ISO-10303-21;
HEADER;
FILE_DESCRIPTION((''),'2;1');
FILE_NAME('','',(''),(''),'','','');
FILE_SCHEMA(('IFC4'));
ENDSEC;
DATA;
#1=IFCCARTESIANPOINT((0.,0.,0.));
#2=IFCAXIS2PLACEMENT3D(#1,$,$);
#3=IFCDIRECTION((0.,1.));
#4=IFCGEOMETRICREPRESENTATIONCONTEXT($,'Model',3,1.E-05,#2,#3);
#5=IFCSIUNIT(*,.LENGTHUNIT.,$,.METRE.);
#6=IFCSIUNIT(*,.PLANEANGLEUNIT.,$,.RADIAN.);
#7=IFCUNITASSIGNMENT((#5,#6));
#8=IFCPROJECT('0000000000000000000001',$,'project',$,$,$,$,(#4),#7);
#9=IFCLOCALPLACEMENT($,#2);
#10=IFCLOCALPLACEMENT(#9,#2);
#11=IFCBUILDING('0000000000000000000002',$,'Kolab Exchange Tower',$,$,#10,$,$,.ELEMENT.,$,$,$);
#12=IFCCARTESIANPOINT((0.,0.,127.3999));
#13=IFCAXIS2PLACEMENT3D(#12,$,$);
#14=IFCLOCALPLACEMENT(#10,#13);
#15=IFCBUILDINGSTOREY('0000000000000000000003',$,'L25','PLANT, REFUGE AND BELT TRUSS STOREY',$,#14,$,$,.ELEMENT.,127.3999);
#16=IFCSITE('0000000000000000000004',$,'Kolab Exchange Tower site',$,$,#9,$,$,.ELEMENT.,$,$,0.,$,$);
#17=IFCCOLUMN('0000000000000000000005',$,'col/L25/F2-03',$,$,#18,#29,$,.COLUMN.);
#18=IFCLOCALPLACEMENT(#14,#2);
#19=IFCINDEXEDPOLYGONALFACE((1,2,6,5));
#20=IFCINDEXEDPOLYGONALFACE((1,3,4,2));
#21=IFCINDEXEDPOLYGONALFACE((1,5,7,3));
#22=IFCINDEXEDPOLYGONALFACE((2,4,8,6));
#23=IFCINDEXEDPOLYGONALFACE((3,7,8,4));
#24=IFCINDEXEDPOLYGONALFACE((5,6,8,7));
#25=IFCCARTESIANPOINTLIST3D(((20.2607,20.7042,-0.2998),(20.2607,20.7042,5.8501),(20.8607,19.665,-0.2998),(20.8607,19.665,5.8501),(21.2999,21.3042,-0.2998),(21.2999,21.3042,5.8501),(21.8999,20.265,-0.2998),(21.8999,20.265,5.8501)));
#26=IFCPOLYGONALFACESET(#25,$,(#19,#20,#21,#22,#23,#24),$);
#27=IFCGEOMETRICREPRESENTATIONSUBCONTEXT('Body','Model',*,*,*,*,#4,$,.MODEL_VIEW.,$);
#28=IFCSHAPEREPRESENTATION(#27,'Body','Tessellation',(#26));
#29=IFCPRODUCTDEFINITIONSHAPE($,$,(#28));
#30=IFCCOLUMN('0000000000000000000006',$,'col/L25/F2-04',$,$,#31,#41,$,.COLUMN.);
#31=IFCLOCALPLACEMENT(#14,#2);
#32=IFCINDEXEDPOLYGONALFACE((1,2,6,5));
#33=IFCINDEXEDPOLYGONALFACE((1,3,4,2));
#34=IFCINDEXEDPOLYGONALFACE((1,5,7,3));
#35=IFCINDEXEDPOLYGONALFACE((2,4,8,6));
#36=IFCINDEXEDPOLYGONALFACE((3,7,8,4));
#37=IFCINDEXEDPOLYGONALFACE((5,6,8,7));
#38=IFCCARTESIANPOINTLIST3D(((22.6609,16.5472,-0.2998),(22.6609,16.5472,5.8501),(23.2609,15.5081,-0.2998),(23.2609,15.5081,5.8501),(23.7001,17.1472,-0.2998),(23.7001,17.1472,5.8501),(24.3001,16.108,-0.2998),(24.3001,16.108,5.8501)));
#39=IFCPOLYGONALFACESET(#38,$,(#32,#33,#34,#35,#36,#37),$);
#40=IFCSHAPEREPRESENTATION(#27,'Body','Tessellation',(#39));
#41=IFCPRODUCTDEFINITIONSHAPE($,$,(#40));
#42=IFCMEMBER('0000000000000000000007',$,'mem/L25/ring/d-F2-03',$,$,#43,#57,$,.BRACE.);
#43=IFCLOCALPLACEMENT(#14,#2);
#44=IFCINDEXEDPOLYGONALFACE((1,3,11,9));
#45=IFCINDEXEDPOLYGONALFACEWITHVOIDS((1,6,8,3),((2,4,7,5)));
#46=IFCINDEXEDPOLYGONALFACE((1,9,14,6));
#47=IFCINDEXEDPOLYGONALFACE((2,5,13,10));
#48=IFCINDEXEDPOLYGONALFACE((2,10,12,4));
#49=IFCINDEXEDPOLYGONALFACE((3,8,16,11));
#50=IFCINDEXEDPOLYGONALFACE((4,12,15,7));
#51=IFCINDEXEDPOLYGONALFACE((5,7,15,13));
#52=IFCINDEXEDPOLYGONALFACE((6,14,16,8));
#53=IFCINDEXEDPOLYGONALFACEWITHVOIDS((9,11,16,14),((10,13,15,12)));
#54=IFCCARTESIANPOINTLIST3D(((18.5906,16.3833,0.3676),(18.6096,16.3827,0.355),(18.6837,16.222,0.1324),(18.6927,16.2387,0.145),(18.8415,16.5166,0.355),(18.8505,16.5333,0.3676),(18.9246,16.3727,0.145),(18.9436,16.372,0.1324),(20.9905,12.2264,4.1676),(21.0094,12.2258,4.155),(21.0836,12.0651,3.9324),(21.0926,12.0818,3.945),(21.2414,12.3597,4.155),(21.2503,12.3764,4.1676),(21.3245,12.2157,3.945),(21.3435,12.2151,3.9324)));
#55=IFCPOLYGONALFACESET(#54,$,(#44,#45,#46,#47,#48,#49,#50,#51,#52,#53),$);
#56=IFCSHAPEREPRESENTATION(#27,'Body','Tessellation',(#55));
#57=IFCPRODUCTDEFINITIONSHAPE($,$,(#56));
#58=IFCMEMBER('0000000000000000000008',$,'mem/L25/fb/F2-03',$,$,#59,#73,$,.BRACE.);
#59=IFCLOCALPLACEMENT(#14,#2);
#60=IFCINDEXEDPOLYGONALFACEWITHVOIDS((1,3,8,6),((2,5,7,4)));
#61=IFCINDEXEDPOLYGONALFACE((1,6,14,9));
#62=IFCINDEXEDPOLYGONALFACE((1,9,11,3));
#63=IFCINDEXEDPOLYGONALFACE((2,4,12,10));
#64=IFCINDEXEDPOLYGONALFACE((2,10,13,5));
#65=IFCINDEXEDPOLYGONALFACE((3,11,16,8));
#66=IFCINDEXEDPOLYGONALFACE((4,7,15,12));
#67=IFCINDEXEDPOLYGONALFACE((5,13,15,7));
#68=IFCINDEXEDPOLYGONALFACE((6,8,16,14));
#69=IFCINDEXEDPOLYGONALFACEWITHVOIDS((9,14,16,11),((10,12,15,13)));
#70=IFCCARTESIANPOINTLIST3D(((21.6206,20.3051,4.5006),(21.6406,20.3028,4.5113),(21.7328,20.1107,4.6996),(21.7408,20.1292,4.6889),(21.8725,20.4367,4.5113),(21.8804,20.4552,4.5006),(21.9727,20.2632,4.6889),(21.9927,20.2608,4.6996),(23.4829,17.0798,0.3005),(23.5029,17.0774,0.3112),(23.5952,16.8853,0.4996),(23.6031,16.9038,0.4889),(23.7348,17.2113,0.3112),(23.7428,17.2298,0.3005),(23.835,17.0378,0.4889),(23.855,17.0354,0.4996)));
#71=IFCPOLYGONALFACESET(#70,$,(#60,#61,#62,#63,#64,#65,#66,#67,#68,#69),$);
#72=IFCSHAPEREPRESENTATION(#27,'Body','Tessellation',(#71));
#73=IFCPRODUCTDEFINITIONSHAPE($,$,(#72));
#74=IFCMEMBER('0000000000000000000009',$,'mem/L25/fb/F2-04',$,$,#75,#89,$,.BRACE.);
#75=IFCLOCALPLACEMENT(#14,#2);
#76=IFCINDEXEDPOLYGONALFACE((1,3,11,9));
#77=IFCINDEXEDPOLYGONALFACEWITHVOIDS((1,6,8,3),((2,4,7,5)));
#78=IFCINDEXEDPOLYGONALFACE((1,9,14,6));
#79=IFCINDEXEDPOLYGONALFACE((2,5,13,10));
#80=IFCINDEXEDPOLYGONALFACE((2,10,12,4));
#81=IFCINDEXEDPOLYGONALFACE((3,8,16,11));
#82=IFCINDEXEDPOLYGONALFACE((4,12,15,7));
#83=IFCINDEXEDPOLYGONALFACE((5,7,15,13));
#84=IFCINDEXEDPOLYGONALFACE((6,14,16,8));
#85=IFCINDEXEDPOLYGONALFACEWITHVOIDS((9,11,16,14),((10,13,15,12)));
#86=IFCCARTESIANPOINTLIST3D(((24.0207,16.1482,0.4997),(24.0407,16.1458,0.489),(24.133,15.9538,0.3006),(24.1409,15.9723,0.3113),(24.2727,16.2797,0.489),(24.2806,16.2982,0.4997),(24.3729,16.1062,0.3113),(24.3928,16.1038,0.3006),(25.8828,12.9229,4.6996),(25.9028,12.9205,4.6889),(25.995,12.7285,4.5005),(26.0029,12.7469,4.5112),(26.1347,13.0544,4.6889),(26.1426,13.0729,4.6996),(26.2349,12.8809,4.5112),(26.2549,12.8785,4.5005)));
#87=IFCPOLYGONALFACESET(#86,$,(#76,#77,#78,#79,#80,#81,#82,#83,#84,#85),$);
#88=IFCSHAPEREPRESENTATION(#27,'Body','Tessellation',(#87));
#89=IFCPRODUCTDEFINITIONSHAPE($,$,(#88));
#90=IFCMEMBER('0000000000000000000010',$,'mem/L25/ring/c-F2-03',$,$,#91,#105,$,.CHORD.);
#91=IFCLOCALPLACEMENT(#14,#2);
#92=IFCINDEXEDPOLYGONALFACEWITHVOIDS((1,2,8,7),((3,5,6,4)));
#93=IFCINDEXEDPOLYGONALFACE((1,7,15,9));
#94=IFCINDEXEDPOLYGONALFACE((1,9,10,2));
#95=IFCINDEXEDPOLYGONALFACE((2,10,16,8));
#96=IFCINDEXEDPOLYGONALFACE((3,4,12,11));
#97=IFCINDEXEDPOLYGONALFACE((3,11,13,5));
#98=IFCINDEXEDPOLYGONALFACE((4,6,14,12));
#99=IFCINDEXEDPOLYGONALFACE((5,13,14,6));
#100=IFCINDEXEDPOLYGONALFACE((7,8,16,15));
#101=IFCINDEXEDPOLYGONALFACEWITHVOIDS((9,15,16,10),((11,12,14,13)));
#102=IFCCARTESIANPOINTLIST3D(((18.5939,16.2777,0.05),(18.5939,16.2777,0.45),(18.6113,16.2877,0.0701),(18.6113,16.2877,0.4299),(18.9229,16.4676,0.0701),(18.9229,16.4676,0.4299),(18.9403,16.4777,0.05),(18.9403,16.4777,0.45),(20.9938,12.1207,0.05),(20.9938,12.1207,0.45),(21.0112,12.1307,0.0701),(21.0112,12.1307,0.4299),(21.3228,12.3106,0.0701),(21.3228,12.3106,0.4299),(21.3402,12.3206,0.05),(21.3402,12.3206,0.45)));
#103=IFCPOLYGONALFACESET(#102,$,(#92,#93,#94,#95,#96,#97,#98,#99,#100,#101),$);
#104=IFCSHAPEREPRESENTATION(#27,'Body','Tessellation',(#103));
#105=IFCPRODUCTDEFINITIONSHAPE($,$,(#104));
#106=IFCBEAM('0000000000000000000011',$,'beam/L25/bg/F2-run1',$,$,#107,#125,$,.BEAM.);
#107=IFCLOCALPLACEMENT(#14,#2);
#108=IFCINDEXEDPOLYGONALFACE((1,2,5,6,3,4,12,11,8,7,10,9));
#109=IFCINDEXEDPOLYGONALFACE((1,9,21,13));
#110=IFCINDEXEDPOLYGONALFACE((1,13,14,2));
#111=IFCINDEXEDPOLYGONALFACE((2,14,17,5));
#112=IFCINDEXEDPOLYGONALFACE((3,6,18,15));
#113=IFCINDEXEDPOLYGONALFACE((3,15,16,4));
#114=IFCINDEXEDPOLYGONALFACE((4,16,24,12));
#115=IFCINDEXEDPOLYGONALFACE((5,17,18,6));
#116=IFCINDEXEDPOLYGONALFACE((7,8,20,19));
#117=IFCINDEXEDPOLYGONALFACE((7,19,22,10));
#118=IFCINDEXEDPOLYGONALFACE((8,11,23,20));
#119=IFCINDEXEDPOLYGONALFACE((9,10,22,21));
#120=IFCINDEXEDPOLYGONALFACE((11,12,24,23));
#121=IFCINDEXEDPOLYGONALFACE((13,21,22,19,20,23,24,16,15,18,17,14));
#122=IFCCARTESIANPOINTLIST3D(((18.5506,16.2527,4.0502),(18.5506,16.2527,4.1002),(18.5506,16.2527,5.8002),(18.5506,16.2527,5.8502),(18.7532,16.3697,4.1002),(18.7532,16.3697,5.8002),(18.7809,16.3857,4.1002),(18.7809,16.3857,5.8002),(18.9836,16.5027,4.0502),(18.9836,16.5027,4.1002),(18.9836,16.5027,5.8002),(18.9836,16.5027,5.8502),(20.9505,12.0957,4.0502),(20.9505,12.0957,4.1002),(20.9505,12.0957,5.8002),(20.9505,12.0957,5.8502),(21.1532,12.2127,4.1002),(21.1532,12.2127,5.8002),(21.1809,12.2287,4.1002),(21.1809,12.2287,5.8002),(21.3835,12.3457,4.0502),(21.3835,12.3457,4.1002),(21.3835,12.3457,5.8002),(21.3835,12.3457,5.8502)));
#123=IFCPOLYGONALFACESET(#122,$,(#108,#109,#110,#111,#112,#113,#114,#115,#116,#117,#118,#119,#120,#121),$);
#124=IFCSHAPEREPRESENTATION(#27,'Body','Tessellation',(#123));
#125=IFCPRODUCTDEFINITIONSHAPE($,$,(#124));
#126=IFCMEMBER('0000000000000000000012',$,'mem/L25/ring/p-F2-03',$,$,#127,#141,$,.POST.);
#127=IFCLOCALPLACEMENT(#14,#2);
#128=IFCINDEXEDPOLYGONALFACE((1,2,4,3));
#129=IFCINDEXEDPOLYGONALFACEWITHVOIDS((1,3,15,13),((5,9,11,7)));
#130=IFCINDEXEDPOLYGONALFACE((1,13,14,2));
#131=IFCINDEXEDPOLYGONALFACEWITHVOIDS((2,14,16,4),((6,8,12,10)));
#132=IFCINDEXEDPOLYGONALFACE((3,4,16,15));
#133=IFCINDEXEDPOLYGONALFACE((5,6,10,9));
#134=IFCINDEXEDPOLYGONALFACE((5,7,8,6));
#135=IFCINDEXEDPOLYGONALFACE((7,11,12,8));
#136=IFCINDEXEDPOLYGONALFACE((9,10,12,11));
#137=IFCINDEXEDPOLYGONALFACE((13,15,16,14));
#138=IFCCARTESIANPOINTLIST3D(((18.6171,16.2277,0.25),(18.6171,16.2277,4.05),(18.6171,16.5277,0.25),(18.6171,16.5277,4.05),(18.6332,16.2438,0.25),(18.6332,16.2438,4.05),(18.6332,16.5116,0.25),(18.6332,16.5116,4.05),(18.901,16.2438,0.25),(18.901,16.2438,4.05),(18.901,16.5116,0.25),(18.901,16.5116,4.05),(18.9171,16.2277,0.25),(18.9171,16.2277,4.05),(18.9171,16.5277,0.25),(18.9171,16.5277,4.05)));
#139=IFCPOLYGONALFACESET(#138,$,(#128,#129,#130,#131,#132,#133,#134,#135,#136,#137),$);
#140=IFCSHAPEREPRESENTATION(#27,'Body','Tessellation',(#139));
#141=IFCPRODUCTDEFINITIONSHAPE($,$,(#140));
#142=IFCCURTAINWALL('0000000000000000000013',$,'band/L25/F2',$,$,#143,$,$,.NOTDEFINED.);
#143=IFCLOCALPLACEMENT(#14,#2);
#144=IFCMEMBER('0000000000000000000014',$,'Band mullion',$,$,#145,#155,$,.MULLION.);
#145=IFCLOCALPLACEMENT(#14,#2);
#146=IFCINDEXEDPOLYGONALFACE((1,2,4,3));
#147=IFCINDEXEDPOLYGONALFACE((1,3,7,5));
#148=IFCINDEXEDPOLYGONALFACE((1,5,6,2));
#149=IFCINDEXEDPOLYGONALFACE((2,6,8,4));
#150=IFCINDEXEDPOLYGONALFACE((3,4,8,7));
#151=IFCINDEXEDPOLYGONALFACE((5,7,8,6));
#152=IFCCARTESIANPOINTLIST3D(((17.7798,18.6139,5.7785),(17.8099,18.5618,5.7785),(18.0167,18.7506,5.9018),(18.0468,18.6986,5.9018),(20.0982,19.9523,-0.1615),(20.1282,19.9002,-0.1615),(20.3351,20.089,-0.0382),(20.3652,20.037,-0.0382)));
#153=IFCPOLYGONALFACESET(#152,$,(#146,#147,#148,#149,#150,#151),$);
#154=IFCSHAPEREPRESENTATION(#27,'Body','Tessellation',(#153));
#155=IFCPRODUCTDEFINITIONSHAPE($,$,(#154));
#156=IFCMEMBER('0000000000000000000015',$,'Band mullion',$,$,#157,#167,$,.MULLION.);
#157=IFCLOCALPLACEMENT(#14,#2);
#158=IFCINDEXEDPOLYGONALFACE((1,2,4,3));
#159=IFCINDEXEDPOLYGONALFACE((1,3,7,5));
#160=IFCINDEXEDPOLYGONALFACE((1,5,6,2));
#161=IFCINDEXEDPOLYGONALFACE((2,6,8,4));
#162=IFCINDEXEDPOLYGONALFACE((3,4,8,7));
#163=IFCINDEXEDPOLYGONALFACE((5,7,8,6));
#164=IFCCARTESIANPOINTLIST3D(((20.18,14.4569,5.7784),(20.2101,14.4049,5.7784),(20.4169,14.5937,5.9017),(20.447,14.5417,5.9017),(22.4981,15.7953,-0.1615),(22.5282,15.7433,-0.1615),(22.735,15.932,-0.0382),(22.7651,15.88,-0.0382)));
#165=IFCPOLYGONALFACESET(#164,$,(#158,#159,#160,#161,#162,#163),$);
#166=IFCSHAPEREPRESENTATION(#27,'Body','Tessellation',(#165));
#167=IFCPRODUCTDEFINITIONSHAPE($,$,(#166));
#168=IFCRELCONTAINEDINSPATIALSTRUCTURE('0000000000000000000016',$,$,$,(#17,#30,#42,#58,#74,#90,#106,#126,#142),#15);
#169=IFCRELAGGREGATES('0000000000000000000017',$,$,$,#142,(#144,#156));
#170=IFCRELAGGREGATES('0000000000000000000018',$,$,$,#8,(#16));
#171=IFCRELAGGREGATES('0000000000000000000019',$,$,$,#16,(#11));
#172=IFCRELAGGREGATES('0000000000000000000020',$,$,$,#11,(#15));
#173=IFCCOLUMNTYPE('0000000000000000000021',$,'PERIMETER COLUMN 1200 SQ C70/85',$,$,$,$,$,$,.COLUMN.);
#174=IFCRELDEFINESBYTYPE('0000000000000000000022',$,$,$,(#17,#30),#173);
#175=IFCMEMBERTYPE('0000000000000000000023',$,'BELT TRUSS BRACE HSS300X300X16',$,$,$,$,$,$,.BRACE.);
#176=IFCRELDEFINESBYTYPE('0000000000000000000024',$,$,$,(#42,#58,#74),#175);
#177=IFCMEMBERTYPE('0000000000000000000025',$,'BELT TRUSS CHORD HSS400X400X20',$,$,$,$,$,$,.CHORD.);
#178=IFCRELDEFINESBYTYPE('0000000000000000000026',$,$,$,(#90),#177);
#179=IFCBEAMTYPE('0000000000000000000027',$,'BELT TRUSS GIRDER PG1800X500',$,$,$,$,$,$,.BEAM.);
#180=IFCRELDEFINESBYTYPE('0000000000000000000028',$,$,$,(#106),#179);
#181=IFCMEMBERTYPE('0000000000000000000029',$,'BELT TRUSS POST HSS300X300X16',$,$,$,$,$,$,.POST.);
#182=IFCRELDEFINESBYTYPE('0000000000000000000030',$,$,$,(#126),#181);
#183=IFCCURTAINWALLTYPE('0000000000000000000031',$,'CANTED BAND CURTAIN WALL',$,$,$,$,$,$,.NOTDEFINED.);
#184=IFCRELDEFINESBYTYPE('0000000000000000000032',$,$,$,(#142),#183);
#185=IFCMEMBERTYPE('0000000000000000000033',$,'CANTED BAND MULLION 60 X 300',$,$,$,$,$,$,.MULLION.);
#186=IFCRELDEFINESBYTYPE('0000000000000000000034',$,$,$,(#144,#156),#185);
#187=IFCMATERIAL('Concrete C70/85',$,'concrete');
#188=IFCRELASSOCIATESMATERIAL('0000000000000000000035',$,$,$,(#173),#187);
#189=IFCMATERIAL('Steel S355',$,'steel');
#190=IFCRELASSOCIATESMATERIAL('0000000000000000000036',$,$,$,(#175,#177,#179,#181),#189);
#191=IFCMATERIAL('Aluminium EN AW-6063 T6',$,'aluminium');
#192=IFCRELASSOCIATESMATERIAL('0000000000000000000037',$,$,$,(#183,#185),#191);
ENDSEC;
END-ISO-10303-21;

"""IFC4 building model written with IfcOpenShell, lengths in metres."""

from ifc_helpers import new_model, si_unit, direction, frame, origin, origin_2d, place, context, subcontext, project, spatial, rectangle, hollow_rectangle, i_section, extrude, material, material_profile, profile_set, type_object, element, aggregate, save


model = new_model("IFC4")

# Units and contexts
model_context = context("Model", 3, precision=1e-05, world=origin(), true_north=direction((0.0, 1.0)))
body_context = subcontext(model_context, "Body", "Model", "MODEL_VIEW")
ifc_project = project(units=[si_unit("LENGTHUNIT", "METRE"), si_unit("PLANEANGLEUNIT", "RADIAN")], contexts=[model_context])

# Site, building, storey
site_placement = place(None, origin())
site = spatial("IfcSite", under=ifc_project, at=site_placement, Name="Kolab Exchange Tower site", CompositionType="ELEMENT", RefElevation=0.0)
building_placement = place(site_placement, origin())
building = spatial("IfcBuilding", under=site, at=building_placement, Name="Kolab Exchange Tower", CompositionType="ELEMENT")
storey_placement = place(building_placement, frame((0.0, 0.0, 127.3999)))
storey = spatial("IfcBuildingStorey", under=building, at=storey_placement, Name="L25", Description="PLANT, REFUGE AND BELT TRUSS STOREY", CompositionType="ELEMENT", Elevation=127.3999)

# Columns
ifc_material_1 = material(Name="Concrete C70/85", Category="concrete")
ifc_material_profile_1 = material_profile(ifc_material_1, rectangle(XDim=1.2, YDim=1.2, at=origin_2d()), Name="RC1200")
ifc_profile_set_1 = profile_set([ifc_material_profile_1], Name="Concrete C70/85")
column_type = type_object("IfcColumnType", Name="PERIMETER COLUMN 1200 SQ C70/85", PredefinedType="COLUMN", material=ifc_profile_set_1)
for number, where, z_axis, x_axis, name in (
    (1, (21.0803, 20.4846, -0.2998), (0.0, 0.0, 1.0), (0.866025, 0.5, 0.0), "col/L25/F2-03"),
    (2, (23.4805, 16.3276, -0.2998), (0.0, 0.0, 1.0), (0.866025, 0.5, 0.0), "col/L25/F2-04"),
):
    element("IfcColumn", number, at=place(storey_placement, frame(where, z_axis=z_axis, x_axis=x_axis)), inside=storey, type_object=column_type, Name=name, PredefinedType="COLUMN", context=body_context, shape_type="SweptSolid", body=[
        extrude(rectangle(XDim=1.2, YDim=1.2, at=origin_2d()), origin(), (0.0, 0.0, 1.0), 6.1499),
    ])

# Members
ifc_material_2 = material(Name="Steel S355", Category="steel")
ifc_material_profile_2 = material_profile(ifc_material_2, hollow_rectangle(XDim=0.3, YDim=0.3, WallThickness=0.0161, at=origin_2d()), Name="HSS300X300X16")
ifc_profile_set_2 = profile_set([ifc_material_profile_2], Name="Steel S355")
member_type_1 = type_object("IfcMemberType", Name="BELT TRUSS BRACE HSS300X300X16", PredefinedType="BRACE", material=ifc_profile_set_2)
member_1_placement = place(storey_placement, frame((18.7671, 16.3777, 0.25), z_axis=(0.392005, -0.67901, 0.620708), x_axis=(0.866037, 0.499979, 0.0)))
element("IfcMember", 3, at=member_1_placement, inside=storey, type_object=member_type_1, Name="mem/L25/ring/d-F2-03", PredefinedType="BRACE", context=body_context, shape_type="SweptSolid", body=[
    extrude(hollow_rectangle(XDim=0.3, YDim=0.3, WallThickness=0.0161, at=origin_2d()), origin(), (0.0, 0.0, 1.0), 6.1221),
])
member_2_placement = place(storey_placement, frame((21.8066, 20.283, 4.6001), z_axis=(0.331759, -0.574576, -0.748197), x_axis=(0.866008, 0.500031, 0.0)))
element("IfcMember", 4, at=member_2_placement, inside=storey, type_object=member_type_1, Name="mem/L25/fb/F2-03", PredefinedType="BRACE", context=body_context, shape_type="SweptSolid", body=[
    extrude(hollow_rectangle(XDim=0.3, YDim=0.3, WallThickness=0.0161, at=origin_2d()), origin(), (0.0, 0.0, 1.0), 5.6135),
])
member_3_placement = place(storey_placement, frame((24.2068, 16.126, 0.4001), z_axis=(0.33172, -0.574584, 0.748208), x_axis=(0.866036, 0.499982, 0.0)))
element("IfcMember", 5, at=member_3_placement, inside=storey, type_object=member_type_1, Name="mem/L25/fb/F2-04", PredefinedType="BRACE", context=body_context, shape_type="SweptSolid", body=[
    extrude(hollow_rectangle(XDim=0.3, YDim=0.3, WallThickness=0.0161, at=origin_2d()), origin(), (0.0, 0.0, 1.0), 5.6133),
])
ifc_material_profile_3 = material_profile(ifc_material_2, hollow_rectangle(XDim=0.3999, YDim=0.3999, WallThickness=0.02, at=origin_2d()), Name="HSS400X400X20")
ifc_profile_set_3 = profile_set([ifc_material_profile_3], Name="Steel S355")
member_type_2 = type_object("IfcMemberType", Name="BELT TRUSS CHORD HSS400X400X20", PredefinedType="CHORD", material=ifc_profile_set_3)
member_4_placement = place(storey_placement, frame((18.7671, 16.3777, 0.25), z_axis=(0.499979, -0.866037, 0.0), x_axis=(0.866037, 0.499979, 0.0)))
element("IfcMember", 6, at=member_4_placement, inside=storey, type_object=member_type_2, Name="mem/L25/ring/c-F2-03", PredefinedType="CHORD", context=body_context, shape_type="SweptSolid", body=[
    extrude(hollow_rectangle(XDim=0.3999, YDim=0.3999, WallThickness=0.02, at=origin_2d()), origin(), (0.0, 0.0, 1.0), 4.8),
])

# Beam
ifc_material_profile_4 = material_profile(ifc_material_2, i_section(OverallWidth=0.5, OverallDepth=1.8, WebThickness=0.032, FlangeThickness=0.05, at=origin_2d()), Name="PG1800X500")
ifc_profile_set_4 = profile_set([ifc_material_profile_4], Name="Steel S355")
beam_type_1 = type_object("IfcBeamType", Name="BELT TRUSS GIRDER PG1800X500", PredefinedType="BEAM", material=ifc_profile_set_4)
beam_1_placement = place(storey_placement, frame((18.7671, 16.3777, 4.9502), z_axis=(0.499979, -0.866037, 0.0), x_axis=(0.866037, 0.499979, 0.0)))
element("IfcBeam", 7, at=beam_1_placement, inside=storey, type_object=beam_type_1, Name="beam/L25/bg/F2-run1", PredefinedType="BEAM", context=body_context, shape_type="SweptSolid", body=[
    extrude(i_section(OverallWidth=0.5, OverallDepth=1.8, WebThickness=0.032, FlangeThickness=0.05, at=origin_2d()), origin(), (0.0, 0.0, 1.0), 4.8),
])

# Member
ifc_material_profile_5 = material_profile(ifc_material_2, hollow_rectangle(XDim=0.3, YDim=0.3, WallThickness=0.0161, at=origin_2d()), Name="HSS300X300X16")
ifc_profile_set_5 = profile_set([ifc_material_profile_5], Name="Steel S355")
member_type_3 = type_object("IfcMemberType", Name="BELT TRUSS POST HSS300X300X16", PredefinedType="POST", material=ifc_profile_set_5)
member_5_placement = place(storey_placement, frame((18.7671, 16.3777, 0.25), z_axis=(0.0, 0.0, 1.0), x_axis=(1.0, 0.0, 0.0)))
element("IfcMember", 8, at=member_5_placement, inside=storey, type_object=member_type_3, Name="mem/L25/ring/p-F2-03", PredefinedType="POST", context=body_context, shape_type="SweptSolid", body=[
    extrude(hollow_rectangle(XDim=0.3, YDim=0.3, WallThickness=0.0161, at=origin_2d()), origin(), (0.0, 0.0, 1.0), 3.8),
])

# Curtain wall, members
ifc_material_3 = material(Name="Aluminium EN AW-6063 T6", Category="aluminium")
curtain_wall_type = type_object("IfcCurtainWallType", Name="CANTED BAND CURTAIN WALL", PredefinedType="NOTDEFINED", material=ifc_material_3)
curtain_wall_placement = place(storey_placement, origin())
curtain_wall = element("IfcCurtainWall", 9, at=curtain_wall_placement, inside=storey, type_object=curtain_wall_type, Name="band/L25/F2", PredefinedType="NOTDEFINED")
ifc_material_profile_6 = material_profile(ifc_material_3, rectangle(XDim=0.0601, YDim=0.3, at=origin_2d()), Name="RECT 60X300")
ifc_profile_set_6 = profile_set([ifc_material_profile_6], Name="Aluminium EN AW-6063 T6")
member_type_4 = type_object("IfcMemberType", Name="CANTED BAND MULLION 60 X 300", PredefinedType="MULLION", material=ifc_profile_set_6)
member_6_placement = place(storey_placement, frame((20.2317, 19.9946, -0.0999), z_axis=(-0.355834, -0.205421, 0.911693), x_axis=(0.499965, -0.866046, 0.0)))
member_6 = element("IfcMember", 10, at=member_6_placement, type_object=member_type_4, Name="Band mullion", PredefinedType="MULLION", context=body_context, shape_type="SweptSolid", body=[
    extrude(rectangle(XDim=0.0601, YDim=0.3, at=origin_2d()), origin(), (0.0, 0.0, 1.0), 6.5154),
])
member_7_placement = place(storey_placement, frame((22.6316, 15.8376, -0.0999), z_axis=(-0.355801, -0.205424, 0.911705), x_axis=(0.500004, -0.866023, 0.0)))
member_7 = element("IfcMember", 11, at=member_7_placement, type_object=member_type_4, Name="Band mullion", PredefinedType="MULLION", context=body_context, shape_type="SweptSolid", body=[
    extrude(rectangle(XDim=0.0601, YDim=0.3, at=origin_2d()), origin(), (0.0, 0.0, 1.0), 6.5151),
])

aggregate(curtain_wall, [member_6, member_7])

save(model, "model.ifc")
